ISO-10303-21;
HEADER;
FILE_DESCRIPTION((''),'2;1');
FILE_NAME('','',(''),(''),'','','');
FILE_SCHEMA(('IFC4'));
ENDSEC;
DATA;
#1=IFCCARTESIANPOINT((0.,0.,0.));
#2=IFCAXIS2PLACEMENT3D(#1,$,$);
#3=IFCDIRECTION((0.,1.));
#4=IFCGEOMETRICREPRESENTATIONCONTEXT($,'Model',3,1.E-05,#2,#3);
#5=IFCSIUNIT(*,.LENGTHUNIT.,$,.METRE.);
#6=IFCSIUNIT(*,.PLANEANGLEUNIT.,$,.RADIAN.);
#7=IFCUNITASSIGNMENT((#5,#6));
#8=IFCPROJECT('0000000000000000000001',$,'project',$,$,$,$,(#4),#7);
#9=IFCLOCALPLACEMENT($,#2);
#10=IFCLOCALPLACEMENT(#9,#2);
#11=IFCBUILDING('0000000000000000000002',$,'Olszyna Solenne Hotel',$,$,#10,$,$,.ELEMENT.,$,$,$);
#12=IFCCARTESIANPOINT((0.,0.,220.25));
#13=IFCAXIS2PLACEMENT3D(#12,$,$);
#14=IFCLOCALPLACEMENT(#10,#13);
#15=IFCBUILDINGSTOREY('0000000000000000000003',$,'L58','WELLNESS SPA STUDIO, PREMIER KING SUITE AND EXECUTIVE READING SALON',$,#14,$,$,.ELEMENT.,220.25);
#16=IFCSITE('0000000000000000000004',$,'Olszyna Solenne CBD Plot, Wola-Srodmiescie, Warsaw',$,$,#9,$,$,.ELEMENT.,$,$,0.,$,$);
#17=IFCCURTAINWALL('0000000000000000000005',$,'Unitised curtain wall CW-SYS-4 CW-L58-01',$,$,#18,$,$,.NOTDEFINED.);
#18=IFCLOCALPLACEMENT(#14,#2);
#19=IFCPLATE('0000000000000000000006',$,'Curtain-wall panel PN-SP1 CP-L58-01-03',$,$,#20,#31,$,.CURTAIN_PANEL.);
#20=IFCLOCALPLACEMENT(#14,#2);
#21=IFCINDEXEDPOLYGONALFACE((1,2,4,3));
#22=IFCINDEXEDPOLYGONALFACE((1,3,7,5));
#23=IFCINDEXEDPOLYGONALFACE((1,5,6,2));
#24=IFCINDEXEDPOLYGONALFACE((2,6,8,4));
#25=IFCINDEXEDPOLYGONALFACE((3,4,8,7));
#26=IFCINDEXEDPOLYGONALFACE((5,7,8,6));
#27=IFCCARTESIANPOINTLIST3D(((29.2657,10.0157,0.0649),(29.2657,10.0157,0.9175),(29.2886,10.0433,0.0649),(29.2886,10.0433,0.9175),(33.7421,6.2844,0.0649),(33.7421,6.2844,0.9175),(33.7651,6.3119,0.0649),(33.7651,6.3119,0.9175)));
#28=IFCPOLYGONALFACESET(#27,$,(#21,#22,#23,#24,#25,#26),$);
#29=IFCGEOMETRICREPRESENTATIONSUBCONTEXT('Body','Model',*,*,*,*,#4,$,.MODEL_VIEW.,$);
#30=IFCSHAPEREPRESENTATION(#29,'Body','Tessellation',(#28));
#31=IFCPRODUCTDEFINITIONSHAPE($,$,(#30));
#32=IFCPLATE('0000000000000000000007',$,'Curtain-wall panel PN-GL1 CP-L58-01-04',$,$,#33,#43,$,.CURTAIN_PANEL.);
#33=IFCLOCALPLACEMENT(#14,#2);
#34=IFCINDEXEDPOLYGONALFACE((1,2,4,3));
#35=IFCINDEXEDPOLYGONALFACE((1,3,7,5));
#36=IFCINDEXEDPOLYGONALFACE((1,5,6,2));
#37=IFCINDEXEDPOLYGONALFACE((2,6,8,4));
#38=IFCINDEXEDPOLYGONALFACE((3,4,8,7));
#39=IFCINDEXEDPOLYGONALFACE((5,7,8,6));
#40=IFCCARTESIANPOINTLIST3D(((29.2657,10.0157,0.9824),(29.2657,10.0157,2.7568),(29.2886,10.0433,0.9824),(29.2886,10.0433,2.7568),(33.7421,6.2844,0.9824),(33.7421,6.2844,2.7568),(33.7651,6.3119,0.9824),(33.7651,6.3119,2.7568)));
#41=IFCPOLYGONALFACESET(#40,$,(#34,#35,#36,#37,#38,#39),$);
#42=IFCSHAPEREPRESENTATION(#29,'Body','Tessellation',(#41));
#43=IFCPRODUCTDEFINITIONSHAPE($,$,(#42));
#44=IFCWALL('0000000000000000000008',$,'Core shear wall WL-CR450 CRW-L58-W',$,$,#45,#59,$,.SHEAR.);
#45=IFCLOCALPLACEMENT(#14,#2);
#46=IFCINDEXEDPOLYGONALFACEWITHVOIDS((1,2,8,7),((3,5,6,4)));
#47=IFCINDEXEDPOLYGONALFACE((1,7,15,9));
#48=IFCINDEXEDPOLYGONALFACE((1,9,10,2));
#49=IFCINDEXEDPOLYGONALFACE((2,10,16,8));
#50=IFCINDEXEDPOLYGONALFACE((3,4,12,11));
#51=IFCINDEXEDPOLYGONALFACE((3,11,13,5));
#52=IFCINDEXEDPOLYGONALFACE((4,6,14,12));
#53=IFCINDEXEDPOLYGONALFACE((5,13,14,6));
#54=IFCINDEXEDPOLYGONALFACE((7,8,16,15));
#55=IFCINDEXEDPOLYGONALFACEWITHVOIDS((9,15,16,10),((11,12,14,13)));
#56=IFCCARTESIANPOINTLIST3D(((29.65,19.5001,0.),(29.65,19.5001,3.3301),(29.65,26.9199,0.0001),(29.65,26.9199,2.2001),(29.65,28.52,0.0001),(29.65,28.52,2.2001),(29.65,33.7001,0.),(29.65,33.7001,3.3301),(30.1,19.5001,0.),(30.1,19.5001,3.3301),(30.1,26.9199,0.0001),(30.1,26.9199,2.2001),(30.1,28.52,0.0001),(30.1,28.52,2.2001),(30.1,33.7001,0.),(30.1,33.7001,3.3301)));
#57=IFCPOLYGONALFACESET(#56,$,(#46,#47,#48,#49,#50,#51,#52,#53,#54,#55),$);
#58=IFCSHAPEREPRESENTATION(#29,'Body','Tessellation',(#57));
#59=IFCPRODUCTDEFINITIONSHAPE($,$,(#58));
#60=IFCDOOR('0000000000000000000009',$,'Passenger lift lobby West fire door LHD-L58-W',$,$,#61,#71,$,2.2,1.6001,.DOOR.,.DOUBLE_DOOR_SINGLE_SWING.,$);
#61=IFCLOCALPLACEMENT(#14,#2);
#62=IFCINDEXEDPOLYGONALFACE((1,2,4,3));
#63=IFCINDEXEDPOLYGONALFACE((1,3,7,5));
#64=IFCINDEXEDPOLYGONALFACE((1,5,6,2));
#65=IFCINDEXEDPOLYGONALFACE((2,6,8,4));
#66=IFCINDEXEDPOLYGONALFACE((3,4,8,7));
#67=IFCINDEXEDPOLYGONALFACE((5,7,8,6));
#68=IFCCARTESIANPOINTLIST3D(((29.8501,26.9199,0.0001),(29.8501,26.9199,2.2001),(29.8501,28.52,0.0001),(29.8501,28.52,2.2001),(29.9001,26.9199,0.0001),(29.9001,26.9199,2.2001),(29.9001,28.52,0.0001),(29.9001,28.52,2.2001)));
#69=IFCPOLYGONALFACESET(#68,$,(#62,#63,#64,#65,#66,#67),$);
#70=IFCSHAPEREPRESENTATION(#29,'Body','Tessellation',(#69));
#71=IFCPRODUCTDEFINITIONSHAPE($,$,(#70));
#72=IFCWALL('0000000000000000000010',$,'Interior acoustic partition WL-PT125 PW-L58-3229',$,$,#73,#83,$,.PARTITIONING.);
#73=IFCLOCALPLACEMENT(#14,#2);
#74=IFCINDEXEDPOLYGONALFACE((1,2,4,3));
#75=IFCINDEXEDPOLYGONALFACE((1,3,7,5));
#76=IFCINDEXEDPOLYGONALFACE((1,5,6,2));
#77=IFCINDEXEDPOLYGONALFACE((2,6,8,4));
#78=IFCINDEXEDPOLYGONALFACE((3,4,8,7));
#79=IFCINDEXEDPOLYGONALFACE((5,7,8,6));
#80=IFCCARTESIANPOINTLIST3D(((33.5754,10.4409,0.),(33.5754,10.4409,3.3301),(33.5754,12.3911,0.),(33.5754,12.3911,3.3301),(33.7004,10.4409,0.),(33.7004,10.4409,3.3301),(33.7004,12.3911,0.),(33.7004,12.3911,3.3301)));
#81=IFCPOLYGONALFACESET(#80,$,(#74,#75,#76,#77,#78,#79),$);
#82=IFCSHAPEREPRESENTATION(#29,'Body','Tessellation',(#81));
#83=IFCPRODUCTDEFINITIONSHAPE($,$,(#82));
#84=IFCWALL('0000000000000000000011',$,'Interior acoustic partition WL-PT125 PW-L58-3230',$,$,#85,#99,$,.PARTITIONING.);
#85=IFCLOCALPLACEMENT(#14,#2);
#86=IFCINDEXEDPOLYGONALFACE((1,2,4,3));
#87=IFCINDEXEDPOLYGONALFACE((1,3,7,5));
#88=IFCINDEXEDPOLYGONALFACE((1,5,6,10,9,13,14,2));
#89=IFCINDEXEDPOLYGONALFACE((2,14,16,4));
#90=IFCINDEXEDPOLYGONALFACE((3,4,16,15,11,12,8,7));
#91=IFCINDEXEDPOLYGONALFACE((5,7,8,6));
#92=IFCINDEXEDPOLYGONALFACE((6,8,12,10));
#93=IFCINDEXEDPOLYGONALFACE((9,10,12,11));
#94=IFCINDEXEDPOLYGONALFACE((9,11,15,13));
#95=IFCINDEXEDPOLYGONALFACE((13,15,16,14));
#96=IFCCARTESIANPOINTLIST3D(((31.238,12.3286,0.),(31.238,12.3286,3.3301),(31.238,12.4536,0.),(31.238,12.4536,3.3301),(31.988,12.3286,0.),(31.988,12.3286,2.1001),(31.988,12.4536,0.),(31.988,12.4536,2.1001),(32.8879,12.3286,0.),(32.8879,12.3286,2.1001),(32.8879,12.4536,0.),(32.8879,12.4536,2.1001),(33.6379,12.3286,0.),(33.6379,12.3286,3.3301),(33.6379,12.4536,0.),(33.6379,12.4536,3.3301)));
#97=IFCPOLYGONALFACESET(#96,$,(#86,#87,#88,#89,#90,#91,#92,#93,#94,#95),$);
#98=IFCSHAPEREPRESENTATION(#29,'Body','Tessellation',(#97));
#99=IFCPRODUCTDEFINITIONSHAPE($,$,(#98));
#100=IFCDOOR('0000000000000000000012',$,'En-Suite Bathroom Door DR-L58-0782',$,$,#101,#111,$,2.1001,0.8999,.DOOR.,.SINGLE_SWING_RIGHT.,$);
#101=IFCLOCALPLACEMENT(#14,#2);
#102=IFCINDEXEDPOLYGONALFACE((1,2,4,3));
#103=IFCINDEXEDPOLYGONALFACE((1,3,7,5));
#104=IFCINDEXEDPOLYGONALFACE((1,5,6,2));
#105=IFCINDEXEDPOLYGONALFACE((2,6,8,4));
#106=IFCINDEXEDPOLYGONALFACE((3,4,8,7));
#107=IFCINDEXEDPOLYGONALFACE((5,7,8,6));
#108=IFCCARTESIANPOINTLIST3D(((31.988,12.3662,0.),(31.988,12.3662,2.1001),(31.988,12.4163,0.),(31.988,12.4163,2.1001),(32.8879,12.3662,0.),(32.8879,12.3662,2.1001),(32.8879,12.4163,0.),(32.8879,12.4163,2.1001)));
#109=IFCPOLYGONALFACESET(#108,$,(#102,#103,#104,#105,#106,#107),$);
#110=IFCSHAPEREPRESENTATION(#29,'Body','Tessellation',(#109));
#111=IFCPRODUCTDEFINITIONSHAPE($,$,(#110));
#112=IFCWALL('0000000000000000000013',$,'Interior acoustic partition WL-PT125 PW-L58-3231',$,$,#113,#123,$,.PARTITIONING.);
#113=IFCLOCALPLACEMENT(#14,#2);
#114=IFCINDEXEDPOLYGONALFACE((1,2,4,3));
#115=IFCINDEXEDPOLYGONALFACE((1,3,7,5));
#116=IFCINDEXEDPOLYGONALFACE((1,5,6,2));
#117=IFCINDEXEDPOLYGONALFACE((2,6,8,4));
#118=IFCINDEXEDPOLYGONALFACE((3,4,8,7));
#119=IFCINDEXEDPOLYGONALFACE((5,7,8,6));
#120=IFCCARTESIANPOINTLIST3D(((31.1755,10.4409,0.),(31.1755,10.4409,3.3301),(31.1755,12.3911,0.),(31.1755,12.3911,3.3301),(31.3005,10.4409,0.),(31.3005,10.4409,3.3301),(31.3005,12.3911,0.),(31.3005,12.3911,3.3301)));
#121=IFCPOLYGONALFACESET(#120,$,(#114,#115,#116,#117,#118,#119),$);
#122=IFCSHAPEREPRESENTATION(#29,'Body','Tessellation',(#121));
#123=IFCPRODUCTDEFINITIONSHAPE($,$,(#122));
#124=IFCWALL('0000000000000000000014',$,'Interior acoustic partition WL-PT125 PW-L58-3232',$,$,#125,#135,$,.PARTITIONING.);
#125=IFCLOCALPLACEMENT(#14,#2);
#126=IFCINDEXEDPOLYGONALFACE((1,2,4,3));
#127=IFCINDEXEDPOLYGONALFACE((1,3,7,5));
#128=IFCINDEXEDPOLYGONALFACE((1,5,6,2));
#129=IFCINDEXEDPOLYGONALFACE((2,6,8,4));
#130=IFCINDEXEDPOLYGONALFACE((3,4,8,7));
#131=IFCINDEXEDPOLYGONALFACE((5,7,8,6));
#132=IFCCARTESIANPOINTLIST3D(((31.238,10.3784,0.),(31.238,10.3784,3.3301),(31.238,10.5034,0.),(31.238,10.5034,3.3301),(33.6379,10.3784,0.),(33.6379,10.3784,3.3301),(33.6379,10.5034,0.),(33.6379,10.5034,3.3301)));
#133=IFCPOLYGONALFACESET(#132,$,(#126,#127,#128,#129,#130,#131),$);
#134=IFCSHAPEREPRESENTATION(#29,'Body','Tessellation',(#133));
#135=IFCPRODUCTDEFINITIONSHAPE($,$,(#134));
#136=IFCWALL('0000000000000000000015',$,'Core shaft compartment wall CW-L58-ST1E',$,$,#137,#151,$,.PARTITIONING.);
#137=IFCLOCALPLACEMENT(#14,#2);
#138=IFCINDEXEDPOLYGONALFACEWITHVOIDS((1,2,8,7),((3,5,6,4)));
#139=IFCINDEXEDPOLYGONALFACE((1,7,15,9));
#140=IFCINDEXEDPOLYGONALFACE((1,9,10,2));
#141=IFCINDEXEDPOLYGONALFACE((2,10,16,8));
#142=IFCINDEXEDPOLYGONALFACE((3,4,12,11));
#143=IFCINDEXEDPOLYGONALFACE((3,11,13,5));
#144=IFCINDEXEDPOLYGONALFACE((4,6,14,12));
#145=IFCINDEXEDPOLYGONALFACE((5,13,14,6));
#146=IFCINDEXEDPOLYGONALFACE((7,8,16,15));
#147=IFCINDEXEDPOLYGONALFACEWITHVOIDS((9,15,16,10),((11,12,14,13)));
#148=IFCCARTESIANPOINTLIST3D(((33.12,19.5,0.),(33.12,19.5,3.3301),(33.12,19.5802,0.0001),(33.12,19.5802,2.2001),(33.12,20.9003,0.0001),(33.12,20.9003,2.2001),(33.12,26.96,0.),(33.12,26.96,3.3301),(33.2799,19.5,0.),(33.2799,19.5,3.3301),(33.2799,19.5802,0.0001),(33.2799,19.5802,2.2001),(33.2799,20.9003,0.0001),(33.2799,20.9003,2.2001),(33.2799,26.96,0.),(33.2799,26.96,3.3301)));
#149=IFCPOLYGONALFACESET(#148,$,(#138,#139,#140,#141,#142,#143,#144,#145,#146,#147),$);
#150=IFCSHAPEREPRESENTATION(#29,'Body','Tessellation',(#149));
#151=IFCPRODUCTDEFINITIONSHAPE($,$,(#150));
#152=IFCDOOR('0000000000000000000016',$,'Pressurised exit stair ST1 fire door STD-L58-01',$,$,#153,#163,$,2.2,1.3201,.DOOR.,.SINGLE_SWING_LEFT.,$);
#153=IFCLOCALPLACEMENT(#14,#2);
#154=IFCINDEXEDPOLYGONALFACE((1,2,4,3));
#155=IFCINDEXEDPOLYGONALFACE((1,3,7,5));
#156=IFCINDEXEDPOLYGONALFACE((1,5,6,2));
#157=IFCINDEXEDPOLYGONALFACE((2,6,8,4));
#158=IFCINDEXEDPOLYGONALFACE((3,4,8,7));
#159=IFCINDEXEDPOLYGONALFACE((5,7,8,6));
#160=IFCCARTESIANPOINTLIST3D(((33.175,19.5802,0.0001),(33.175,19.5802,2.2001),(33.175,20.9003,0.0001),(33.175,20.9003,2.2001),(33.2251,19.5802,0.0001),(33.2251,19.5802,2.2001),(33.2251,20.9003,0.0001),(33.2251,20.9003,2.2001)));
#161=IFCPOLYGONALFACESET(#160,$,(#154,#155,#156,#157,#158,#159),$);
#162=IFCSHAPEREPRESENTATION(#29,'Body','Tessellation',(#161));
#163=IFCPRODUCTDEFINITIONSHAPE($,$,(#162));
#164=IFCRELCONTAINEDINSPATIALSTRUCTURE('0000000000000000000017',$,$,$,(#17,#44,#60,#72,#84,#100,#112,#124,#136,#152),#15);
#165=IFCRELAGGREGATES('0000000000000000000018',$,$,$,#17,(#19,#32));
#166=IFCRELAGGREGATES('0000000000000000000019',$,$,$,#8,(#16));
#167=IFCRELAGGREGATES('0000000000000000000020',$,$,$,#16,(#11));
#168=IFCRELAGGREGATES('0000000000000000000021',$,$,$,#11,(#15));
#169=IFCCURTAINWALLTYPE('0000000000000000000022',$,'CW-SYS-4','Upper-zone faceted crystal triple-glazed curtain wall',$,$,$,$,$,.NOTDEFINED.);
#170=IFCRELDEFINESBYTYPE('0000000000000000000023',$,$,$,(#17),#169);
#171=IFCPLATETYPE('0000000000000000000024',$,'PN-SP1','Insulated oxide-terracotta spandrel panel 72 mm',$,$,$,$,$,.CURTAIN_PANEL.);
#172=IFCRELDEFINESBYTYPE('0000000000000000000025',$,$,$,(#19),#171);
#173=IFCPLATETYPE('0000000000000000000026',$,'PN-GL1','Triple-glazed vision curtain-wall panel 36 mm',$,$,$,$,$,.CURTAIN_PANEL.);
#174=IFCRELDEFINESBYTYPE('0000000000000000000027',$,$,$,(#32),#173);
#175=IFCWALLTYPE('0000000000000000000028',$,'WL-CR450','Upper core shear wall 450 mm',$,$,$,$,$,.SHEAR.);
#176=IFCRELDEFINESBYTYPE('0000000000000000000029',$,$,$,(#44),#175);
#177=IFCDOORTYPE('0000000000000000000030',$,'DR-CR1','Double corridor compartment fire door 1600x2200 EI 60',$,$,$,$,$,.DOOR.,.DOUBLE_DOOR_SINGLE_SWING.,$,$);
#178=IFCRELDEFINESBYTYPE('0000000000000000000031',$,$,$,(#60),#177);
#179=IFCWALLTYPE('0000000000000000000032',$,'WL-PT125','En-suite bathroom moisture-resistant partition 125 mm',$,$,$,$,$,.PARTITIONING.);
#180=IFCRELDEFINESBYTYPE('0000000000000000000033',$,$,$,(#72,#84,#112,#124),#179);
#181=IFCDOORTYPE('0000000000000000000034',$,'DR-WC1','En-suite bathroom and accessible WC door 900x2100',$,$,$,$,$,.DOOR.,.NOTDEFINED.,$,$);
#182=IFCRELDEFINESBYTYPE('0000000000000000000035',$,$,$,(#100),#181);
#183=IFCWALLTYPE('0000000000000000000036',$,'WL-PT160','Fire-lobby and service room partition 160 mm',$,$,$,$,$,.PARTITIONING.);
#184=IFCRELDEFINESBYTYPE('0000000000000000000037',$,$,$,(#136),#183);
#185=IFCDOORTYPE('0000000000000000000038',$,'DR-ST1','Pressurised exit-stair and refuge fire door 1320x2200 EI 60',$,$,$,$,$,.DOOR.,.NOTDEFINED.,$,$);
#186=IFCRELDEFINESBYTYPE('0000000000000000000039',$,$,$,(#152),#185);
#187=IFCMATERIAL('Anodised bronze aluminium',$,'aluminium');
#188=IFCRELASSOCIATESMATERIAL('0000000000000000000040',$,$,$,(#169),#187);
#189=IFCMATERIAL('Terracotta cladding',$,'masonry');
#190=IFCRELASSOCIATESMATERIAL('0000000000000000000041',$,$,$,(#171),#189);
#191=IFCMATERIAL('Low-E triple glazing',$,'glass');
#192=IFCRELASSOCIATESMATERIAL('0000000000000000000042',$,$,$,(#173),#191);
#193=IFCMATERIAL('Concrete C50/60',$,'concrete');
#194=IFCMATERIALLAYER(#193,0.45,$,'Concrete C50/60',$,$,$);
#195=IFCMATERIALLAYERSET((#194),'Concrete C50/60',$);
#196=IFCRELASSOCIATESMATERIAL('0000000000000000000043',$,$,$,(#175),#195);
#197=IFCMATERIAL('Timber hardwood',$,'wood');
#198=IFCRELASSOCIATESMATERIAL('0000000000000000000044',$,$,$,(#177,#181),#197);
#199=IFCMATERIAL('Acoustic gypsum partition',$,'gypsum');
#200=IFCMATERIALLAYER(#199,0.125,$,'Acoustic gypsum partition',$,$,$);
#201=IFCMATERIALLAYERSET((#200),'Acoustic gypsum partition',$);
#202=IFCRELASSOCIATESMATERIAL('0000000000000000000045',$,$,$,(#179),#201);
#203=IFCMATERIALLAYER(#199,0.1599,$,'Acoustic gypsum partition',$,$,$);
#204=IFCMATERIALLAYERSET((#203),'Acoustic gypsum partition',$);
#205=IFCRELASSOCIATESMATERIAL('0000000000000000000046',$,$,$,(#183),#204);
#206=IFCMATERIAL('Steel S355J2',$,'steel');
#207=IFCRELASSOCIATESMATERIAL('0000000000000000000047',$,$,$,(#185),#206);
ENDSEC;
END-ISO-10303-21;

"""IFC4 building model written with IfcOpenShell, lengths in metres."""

from ifc_helpers import new_model, si_unit, direction, frame, frame_2d, origin, origin_2d, place, context, subcontext, project, spatial, rectangle, extrude, source, transform, mapped, material, layer, layer_set, type_object, type_shapes, element, fill, aggregate, save


model = new_model("IFC4")

# Units and contexts
model_context = context("Model", 3, precision=1e-05, world=origin(), true_north=direction((0.0, 1.0)))
body_context = subcontext(model_context, "Body", "Model", "MODEL_VIEW")
ifc_project = project(units=[si_unit("LENGTHUNIT", "METRE"), si_unit("PLANEANGLEUNIT", "RADIAN")], contexts=[model_context])

# Site, building, storey
site_placement = place(None, origin())
site = spatial("IfcSite", under=ifc_project, at=site_placement, Name="Olszyna Solenne CBD Plot, Wola-Srodmiescie, Warsaw", CompositionType="ELEMENT", RefElevation=0.0)
building_placement = place(site_placement, origin())
building = spatial("IfcBuilding", under=site, at=building_placement, Name="Olszyna Solenne Hotel", CompositionType="ELEMENT")
storey_placement = place(building_placement, frame((0.0, 0.0, 220.25)))
storey = spatial("IfcBuildingStorey", under=building, at=storey_placement, Name="L58", Description="WELLNESS SPA STUDIO, PREMIER KING SUITE AND EXECUTIVE READING SALON", CompositionType="ELEMENT", Elevation=220.25)

# Shared definitions
ifc_material_1 = material(Name="Steel S355J2", Category="steel")

# Curtain wall
ifc_material_2 = material(Name="Anodised bronze aluminium", Category="aluminium")
curtain_wall_type = type_object("IfcCurtainWallType", Name="CW-SYS-4", Description="Upper-zone faceted crystal triple-glazed curtain wall", PredefinedType="NOTDEFINED", material=ifc_material_2)
curtain_wall_placement = place(storey_placement, origin())
curtain_wall = element("IfcCurtainWall", 1, at=curtain_wall_placement, inside=storey, type_object=curtain_wall_type, Name="Unitised curtain wall CW-SYS-4 CW-L58-01", PredefinedType="NOTDEFINED")

# Shared definitions
ifc_material_3 = material(Name="Concrete C50/60", Category="concrete")

# Plates
ifc_material_4 = material(Name="Terracotta cladding", Category="masonry")
plate_type_1 = type_object("IfcPlateType", Name="PN-SP1", Description="Insulated oxide-terracotta spandrel panel 72 mm", PredefinedType="CURTAIN_PANEL", material=ifc_material_4)
shared_shape_1 = source(origin(), body_context, "Body", "SweptSolid", [
    extrude(rectangle(XDim=5.8276, YDim=0.0359, at=origin_2d()), origin(), (0.0, 0.0, 1.0), 0.8525),
])
plate_1_placement = place(storey_placement, frame((31.5154, 8.1638, 0.0649), z_axis=(0.0, 0.0, 1.0), x_axis=(0.768141, -0.640281, 0.0)))
plate_1 = element("IfcPlate", 2, at=plate_1_placement, type_object=plate_type_1, Name="Curtain-wall panel PN-SP1 CP-L58-01-03", PredefinedType="CURTAIN_PANEL", context=body_context, shape_type="MappedRepresentation", body=[
    mapped(shared_shape_1, transform((0.0, 0.0, 0.0), x_axis=(1.0, 0.0, 0.0), y_axis=(0.0, 1.0, 0.0), z_axis=(0.0, 0.0, 1.0), scale=1.0)),
])
ifc_material_5 = material(Name="Low-E triple glazing", Category="glass")
plate_type_2 = type_object("IfcPlateType", Name="PN-GL1", Description="Triple-glazed vision curtain-wall panel 36 mm", PredefinedType="CURTAIN_PANEL", material=ifc_material_5)
shared_shape_2 = source(origin(), body_context, "Body", "SweptSolid", [
    extrude(rectangle(XDim=5.8276, YDim=0.0359, at=origin_2d()), origin(), (0.0, 0.0, 1.0), 1.7744),
])
plate_2_placement = place(storey_placement, frame((31.5154, 8.1638, 0.9824), z_axis=(0.0, 0.0, 1.0), x_axis=(0.768141, -0.640281, 0.0)))
plate_2 = element("IfcPlate", 3, at=plate_2_placement, type_object=plate_type_2, Name="Curtain-wall panel PN-GL1 CP-L58-01-04", PredefinedType="CURTAIN_PANEL", context=body_context, shape_type="MappedRepresentation", body=[
    mapped(shared_shape_2, transform((0.0, 0.0, 0.0), x_axis=(1.0, 0.0, 0.0), y_axis=(0.0, 1.0, 0.0), z_axis=(0.0, 0.0, 1.0), scale=1.0)),
])
aggregate(curtain_wall, [plate_1, plate_2])

# Wall, opening, door
ifc_layer_1 = layer(ifc_material_3, 0.45, Name="Concrete C50/60")
ifc_layer_set_1 = layer_set([ifc_layer_1], Name="Concrete C50/60")
wall_type_1 = type_object("IfcWallType", Name="WL-CR450", Description="Upper core shear wall 450 mm", PredefinedType="SHEAR", material=ifc_layer_set_1)
wall_1_placement = place(storey_placement, frame((29.875, 19.5, 0.0), z_axis=(0.0, 0.0, 1.0), x_axis=(0.0, 1.0, 0.0)))
wall_1 = element("IfcWall", 4, at=wall_1_placement, inside=storey, type_object=wall_type_1, Name="Core shear wall WL-CR450 CRW-L58-W", PredefinedType="SHEAR", context=body_context, shape_type="SweptSolid", body=[
    extrude(rectangle(XDim=14.2, YDim=0.45, at=frame_2d((7.1001, 0.0))), origin(), (0.0, 0.0, 1.0), 3.3301),
])
opening_1_placement = place(wall_1_placement, frame((7.4199, 0.0, 0.0)))
opening_1 = element("IfcOpeningElement", 5, at=opening_1_placement, cuts=wall_1, PredefinedType="OPENING", context=body_context, shape_type="SweptSolid", body=[
    extrude(rectangle(XDim=1.6001, YDim=2.2, at=frame_2d((0.8, 1.1001))), frame((0.0, 0.2349, 0.0), z_axis=(0.0, -1.0, 0.0), x_axis=(1.0, 0.0, 0.0)), (0.0, 0.0, 1.0), 0.47),
])
ifc_material_6 = material(Name="Timber hardwood", Category="wood")
door_type_1 = type_object("IfcDoorType", Name="DR-CR1", Description="Double corridor compartment fire door 1600x2200 EI 60", OperationType="DOUBLE_DOOR_SINGLE_SWING", PredefinedType="DOOR", material=ifc_material_6)
shared_shape_3 = source(origin(), body_context, "Body", "SweptSolid", [
    extrude(rectangle(XDim=1.6001, YDim=2.2, at=frame_2d((0.8, 1.1001))), frame((0.0, 0.0249, 0.0), z_axis=(0.0, -1.0, 0.0), x_axis=(1.0, 0.0, 0.0)), (0.0, 0.0, 1.0), 0.05),
])
type_shapes(door_type_1, [shared_shape_3])
door_1_placement = place(opening_1_placement, origin())
door_1 = element("IfcDoor", 6, at=door_1_placement, inside=storey, type_object=door_type_1, Name="Passenger lift lobby West fire door LHD-L58-W", OperationType="DOUBLE_DOOR_SINGLE_SWING", OverallHeight=2.2, OverallWidth=1.6001, PredefinedType="DOOR", context=body_context, shape_type="MappedRepresentation", body=[
    mapped(shared_shape_3, transform((0.0, 0.0, 0.0), x_axis=(1.0, 0.0, 0.0), y_axis=(0.0, 1.0, 0.0), z_axis=(0.0, 0.0, 1.0), scale=1.0)),
])
fill(opening_1, door_1)

# Wall
ifc_material_7 = material(Name="Acoustic gypsum partition", Category="gypsum")
ifc_layer_2 = layer(ifc_material_7, 0.125, Name="Acoustic gypsum partition")
ifc_layer_set_2 = layer_set([ifc_layer_2], Name="Acoustic gypsum partition")
wall_type_2 = type_object("IfcWallType", Name="WL-PT125", Description="En-suite bathroom moisture-resistant partition 125 mm", PredefinedType="PARTITIONING", material=ifc_layer_set_2)
wall_2_placement = place(storey_placement, frame((33.6379, 10.4409, 0.0), z_axis=(0.0, 0.0, 1.0), x_axis=(0.0, 1.0, 0.0)))
element("IfcWall", 7, at=wall_2_placement, inside=storey, type_object=wall_type_2, Name="Interior acoustic partition WL-PT125 PW-L58-3229", PredefinedType="PARTITIONING", context=body_context, shape_type="SweptSolid", body=[
    extrude(rectangle(XDim=1.9502, YDim=0.125, at=frame_2d((0.9751, 0.0))), origin(), (0.0, 0.0, 1.0), 3.3301),
])

# Wall, opening, door
wall_3_placement = place(storey_placement, frame((33.6379, 12.3911, 0.0), z_axis=(0.0, 0.0, 1.0), x_axis=(-1.0, 0.0, 0.0)))
wall_3 = element("IfcWall", 8, at=wall_3_placement, inside=storey, type_object=wall_type_2, Name="Interior acoustic partition WL-PT125 PW-L58-3230", PredefinedType="PARTITIONING", context=body_context, shape_type="SweptSolid", body=[
    extrude(rectangle(XDim=2.3999, YDim=0.125, at=frame_2d((1.2, 0.0))), origin(), (0.0, 0.0, 1.0), 3.3301),
])
opening_2_placement = place(wall_3_placement, frame((0.75, 0.0, 0.0)))
opening_2 = element("IfcOpeningElement", 9, at=opening_2_placement, cuts=wall_3, PredefinedType="OPENING", context=body_context, shape_type="SweptSolid", body=[
    extrude(rectangle(XDim=0.8999, YDim=2.1001, at=frame_2d((0.45, 1.05))), frame((0.0, 0.0725, 0.0), z_axis=(0.0, -1.0, 0.0), x_axis=(1.0, 0.0, 0.0)), (0.0, 0.0, 1.0), 0.145),
])
door_type_2 = type_object("IfcDoorType", Name="DR-WC1", Description="En-suite bathroom and accessible WC door 900x2100", OperationType="NOTDEFINED", PredefinedType="DOOR", material=ifc_material_6)
shared_shape_4 = source(origin(), body_context, "Body", "SweptSolid", [
    extrude(rectangle(XDim=0.8999, YDim=2.1001, at=frame_2d((0.45, 1.05))), frame((0.0, 0.0249, 0.0), z_axis=(0.0, -1.0, 0.0), x_axis=(1.0, 0.0, 0.0)), (0.0, 0.0, 1.0), 0.05),
])
type_shapes(door_type_2, [shared_shape_4])
door_2_placement = place(opening_2_placement, origin())
door_2 = element("IfcDoor", 10, at=door_2_placement, inside=storey, type_object=door_type_2, Name="En-Suite Bathroom Door DR-L58-0782", OperationType="SINGLE_SWING_RIGHT", OverallHeight=2.1001, OverallWidth=0.8999, PredefinedType="DOOR", context=body_context, shape_type="MappedRepresentation", body=[
    mapped(shared_shape_4, transform((0.0, 0.0, 0.0), x_axis=(1.0, 0.0, 0.0), y_axis=(0.0, 1.0, 0.0), z_axis=(0.0, 0.0, 1.0), scale=1.0)),
])
fill(opening_2, door_2)

# Walls
wall_4_placement = place(storey_placement, frame((31.238, 12.3911, 0.0), z_axis=(0.0, 0.0, 1.0), x_axis=(0.0, -1.0, 0.0)))
element("IfcWall", 11, at=wall_4_placement, inside=storey, type_object=wall_type_2, Name="Interior acoustic partition WL-PT125 PW-L58-3231", PredefinedType="PARTITIONING", context=body_context, shape_type="SweptSolid", body=[
    extrude(rectangle(XDim=1.9502, YDim=0.125, at=frame_2d((0.9751, 0.0))), origin(), (0.0, 0.0, 1.0), 3.3301),
])
wall_5_placement = place(storey_placement, frame((31.238, 10.4409, 0.0), z_axis=(0.0, 0.0, 1.0), x_axis=(1.0, 0.0, 0.0)))
element("IfcWall", 12, at=wall_5_placement, inside=storey, type_object=wall_type_2, Name="Interior acoustic partition WL-PT125 PW-L58-3232", PredefinedType="PARTITIONING", context=body_context, shape_type="SweptSolid", body=[
    extrude(rectangle(XDim=2.3999, YDim=0.125, at=frame_2d((1.2, 0.0))), origin(), (0.0, 0.0, 1.0), 3.3301),
])

# Wall, opening, door
ifc_layer_3 = layer(ifc_material_7, 0.1599, Name="Acoustic gypsum partition")
ifc_layer_set_3 = layer_set([ifc_layer_3], Name="Acoustic gypsum partition")
wall_type_3 = type_object("IfcWallType", Name="WL-PT160", Description="Fire-lobby and service room partition 160 mm", PredefinedType="PARTITIONING", material=ifc_layer_set_3)
wall_6_placement = place(storey_placement, frame((33.2, 19.5, 0.0), z_axis=(0.0, 0.0, 1.0), x_axis=(0.0, 1.0, 0.0)))
wall_6 = element("IfcWall", 13, at=wall_6_placement, inside=storey, type_object=wall_type_3, Name="Core shaft compartment wall CW-L58-ST1E", PredefinedType="PARTITIONING", context=body_context, shape_type="SweptSolid", body=[
    extrude(rectangle(XDim=7.46, YDim=0.1599, at=frame_2d((3.73, 0.0))), origin(), (0.0, 0.0, 1.0), 3.3301),
])
opening_3_placement = place(wall_6_placement, frame((0.0801, 0.0, 0.0)))
opening_3 = element("IfcOpeningElement", 14, at=opening_3_placement, cuts=wall_6, PredefinedType="OPENING", context=body_context, shape_type="SweptSolid", body=[
    extrude(rectangle(XDim=1.3201, YDim=2.2, at=frame_2d((0.6602, 1.1001))), frame((0.0, 0.0898, 0.0), z_axis=(0.0, -1.0, 0.0), x_axis=(1.0, 0.0, 0.0)), (0.0, 0.0, 1.0), 0.1799),
])
door_type_3 = type_object("IfcDoorType", Name="DR-ST1", Description="Pressurised exit-stair and refuge fire door 1320x2200 EI 60", OperationType="NOTDEFINED", PredefinedType="DOOR", material=ifc_material_1)
shared_shape_5 = source(origin(), body_context, "Body", "SweptSolid", [
    extrude(rectangle(XDim=1.3201, YDim=2.2, at=frame_2d((0.6602, 1.1001))), frame((0.0, 0.0249, 0.0), z_axis=(0.0, -1.0, 0.0), x_axis=(1.0, 0.0, 0.0)), (0.0, 0.0, 1.0), 0.05),
])
type_shapes(door_type_3, [shared_shape_5])
door_3_placement = place(opening_3_placement, origin())
door_3 = element("IfcDoor", 15, at=door_3_placement, inside=storey, type_object=door_type_3, Name="Pressurised exit stair ST1 fire door STD-L58-01", OperationType="SINGLE_SWING_LEFT", OverallHeight=2.2, OverallWidth=1.3201, PredefinedType="DOOR", context=body_context, shape_type="MappedRepresentation", body=[
    mapped(shared_shape_5, transform((0.0, 0.0, 0.0), x_axis=(1.0, 0.0, 0.0), y_axis=(0.0, 1.0, 0.0), z_axis=(0.0, 0.0, 1.0), scale=1.0)),
])
fill(opening_3, door_3)

save(model, "model.ifc")
